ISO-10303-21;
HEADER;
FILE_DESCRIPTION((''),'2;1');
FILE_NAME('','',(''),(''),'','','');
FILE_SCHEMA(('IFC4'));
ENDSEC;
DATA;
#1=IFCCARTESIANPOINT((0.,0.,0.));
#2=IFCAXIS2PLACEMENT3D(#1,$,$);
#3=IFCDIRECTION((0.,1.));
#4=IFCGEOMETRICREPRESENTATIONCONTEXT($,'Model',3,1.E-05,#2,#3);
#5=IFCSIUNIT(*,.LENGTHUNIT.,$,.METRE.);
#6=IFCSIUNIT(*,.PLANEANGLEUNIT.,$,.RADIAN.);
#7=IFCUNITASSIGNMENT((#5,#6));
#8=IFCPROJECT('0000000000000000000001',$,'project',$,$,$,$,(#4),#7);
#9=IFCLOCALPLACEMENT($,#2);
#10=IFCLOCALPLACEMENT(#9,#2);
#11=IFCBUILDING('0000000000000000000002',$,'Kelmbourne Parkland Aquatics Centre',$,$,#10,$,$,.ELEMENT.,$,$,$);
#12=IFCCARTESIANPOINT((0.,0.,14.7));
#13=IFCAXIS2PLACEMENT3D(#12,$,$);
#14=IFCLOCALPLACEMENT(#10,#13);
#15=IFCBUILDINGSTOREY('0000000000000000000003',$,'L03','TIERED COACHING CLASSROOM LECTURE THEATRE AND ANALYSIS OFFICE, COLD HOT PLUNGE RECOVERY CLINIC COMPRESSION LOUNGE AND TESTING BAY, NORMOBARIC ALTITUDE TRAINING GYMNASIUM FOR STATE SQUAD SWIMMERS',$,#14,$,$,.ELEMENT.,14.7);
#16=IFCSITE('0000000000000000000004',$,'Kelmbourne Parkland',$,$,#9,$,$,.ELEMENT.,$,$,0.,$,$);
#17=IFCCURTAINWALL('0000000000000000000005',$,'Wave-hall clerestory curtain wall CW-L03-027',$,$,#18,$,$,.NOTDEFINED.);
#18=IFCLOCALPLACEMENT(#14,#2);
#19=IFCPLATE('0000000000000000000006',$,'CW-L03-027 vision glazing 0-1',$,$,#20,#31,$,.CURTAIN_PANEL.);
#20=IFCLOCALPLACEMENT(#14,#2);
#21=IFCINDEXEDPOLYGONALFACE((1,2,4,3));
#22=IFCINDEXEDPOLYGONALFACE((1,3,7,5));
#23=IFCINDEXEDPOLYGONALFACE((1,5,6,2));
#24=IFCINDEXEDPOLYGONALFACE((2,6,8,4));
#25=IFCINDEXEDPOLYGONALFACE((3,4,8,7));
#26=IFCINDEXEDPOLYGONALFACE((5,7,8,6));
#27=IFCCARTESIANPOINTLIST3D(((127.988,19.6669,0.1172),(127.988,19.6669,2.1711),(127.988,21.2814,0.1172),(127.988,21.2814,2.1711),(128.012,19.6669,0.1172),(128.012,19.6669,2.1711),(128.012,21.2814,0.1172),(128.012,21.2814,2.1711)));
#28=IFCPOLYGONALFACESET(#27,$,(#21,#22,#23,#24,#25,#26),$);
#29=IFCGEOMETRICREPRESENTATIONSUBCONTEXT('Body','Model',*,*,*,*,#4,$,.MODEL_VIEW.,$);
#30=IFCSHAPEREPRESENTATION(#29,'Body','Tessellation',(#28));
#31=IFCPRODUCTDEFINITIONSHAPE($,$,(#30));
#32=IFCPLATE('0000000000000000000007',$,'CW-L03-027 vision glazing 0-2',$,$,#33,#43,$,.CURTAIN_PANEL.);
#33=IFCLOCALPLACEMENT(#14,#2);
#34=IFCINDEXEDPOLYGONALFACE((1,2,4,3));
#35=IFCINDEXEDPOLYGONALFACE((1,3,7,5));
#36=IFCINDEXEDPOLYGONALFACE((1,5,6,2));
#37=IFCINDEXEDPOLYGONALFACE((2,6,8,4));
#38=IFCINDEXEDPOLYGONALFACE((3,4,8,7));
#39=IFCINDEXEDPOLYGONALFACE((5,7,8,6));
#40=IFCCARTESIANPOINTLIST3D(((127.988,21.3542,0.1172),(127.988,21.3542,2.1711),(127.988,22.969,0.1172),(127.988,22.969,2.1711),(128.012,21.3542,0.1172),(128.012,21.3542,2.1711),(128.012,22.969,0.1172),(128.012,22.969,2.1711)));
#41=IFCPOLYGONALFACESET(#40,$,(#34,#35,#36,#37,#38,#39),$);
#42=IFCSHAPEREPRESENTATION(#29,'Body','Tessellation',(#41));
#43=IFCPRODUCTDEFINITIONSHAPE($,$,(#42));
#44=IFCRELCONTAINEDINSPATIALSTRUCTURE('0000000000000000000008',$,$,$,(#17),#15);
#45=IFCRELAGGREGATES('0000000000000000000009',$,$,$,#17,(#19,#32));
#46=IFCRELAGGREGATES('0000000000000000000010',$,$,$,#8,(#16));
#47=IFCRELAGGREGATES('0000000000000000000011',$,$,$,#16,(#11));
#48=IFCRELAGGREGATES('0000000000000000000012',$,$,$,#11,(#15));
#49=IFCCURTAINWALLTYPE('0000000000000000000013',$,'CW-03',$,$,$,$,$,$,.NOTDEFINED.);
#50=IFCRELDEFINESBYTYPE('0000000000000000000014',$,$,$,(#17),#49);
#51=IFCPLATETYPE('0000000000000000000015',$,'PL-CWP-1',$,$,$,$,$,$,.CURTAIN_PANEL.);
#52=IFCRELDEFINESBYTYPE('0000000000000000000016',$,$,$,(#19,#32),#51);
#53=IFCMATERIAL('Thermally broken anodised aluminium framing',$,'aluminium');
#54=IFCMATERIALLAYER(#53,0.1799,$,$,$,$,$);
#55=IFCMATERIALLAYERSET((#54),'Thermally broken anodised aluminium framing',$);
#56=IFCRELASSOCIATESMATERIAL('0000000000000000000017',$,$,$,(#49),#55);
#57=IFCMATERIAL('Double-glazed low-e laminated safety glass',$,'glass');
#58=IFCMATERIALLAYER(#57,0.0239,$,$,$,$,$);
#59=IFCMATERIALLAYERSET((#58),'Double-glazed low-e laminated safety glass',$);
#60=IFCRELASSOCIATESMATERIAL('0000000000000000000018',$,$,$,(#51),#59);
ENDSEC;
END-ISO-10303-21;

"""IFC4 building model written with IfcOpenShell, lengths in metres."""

from ifc_helpers import new_model, si_unit, direction, frame, origin, origin_2d, place, context, subcontext, project, spatial, rectangle, extrude, material, layer, layer_set, type_object, element, aggregate, save


model = new_model("IFC4")

# Units and contexts
model_context = context("Model", 3, precision=1e-05, world=origin(), true_north=direction((0.0, 1.0)))
body_context = subcontext(model_context, "Body", "Model", "MODEL_VIEW")
ifc_project = project(units=[si_unit("LENGTHUNIT", "METRE"), si_unit("PLANEANGLEUNIT", "RADIAN")], contexts=[model_context])

# Site, building, storey
site_placement = place(None, origin())
site = spatial("IfcSite", under=ifc_project, at=site_placement, Name="Kelmbourne Parkland", CompositionType="ELEMENT", RefElevation=0.0)
building_placement = place(site_placement, origin())
building = spatial("IfcBuilding", under=site, at=building_placement, Name="Kelmbourne Parkland Aquatics Centre", CompositionType="ELEMENT")
storey_placement = place(building_placement, frame((0.0, 0.0, 14.7)))
storey = spatial("IfcBuildingStorey", under=building, at=storey_placement, Name="L03", Description="TIERED COACHING CLASSROOM LECTURE THEATRE AND ANALYSIS OFFICE, COLD HOT PLUNGE RECOVERY CLINIC COMPRESSION LOUNGE AND TESTING BAY, NORMOBARIC ALTITUDE TRAINING GYMNASIUM FOR STATE SQUAD SWIMMERS", CompositionType="ELEMENT", Elevation=14.7)

# Curtain wall
ifc_material_1 = material(Name="Thermally broken anodised aluminium framing", Category="aluminium")
ifc_layer_1 = layer(ifc_material_1, 0.1799)
ifc_layer_set_1 = layer_set([ifc_layer_1], Name="Thermally broken anodised aluminium framing")
curtain_wall_type_1 = type_object("IfcCurtainWallType", Name="CW-03", PredefinedType="NOTDEFINED", material=ifc_layer_set_1)
curtain_wall_1_placement = place(storey_placement, origin())
curtain_wall_1 = element("IfcCurtainWall", 1, at=curtain_wall_1_placement, inside=storey, type_object=curtain_wall_type_1, Name="Wave-hall clerestory curtain wall CW-L03-027", PredefinedType="NOTDEFINED")

# Plates
ifc_material_2 = material(Name="Double-glazed low-e laminated safety glass", Category="glass")
ifc_layer_2 = layer(ifc_material_2, 0.0239)
ifc_layer_set_2 = layer_set([ifc_layer_2], Name="Double-glazed low-e laminated safety glass")
plate_type_1 = type_object("IfcPlateType", Name="PL-CWP-1", PredefinedType="CURTAIN_PANEL", material=ifc_layer_set_2)
plate_1_placement = place(storey_placement, frame((128.0, 20.4741, 0.1172), z_axis=(0.0, 0.0, 1.0), x_axis=(0.0, 1.0, 0.0)))
plate_1 = element("IfcPlate", 2, at=plate_1_placement, type_object=plate_type_1, Name="CW-L03-027 vision glazing 0-1", PredefinedType="CURTAIN_PANEL", context=body_context, shape_type="SweptSolid", body=[
    extrude(rectangle(XDim=1.6145, YDim=0.0239, at=origin_2d()), origin(), (0.0, 0.0, 1.0), 2.054),
])
plate_2_placement = place(storey_placement, frame((128.0, 22.1616, 0.1172), z_axis=(0.0, 0.0, 1.0), x_axis=(0.0, 1.0, 0.0)))
plate_2 = element("IfcPlate", 3, at=plate_2_placement, type_object=plate_type_1, Name="CW-L03-027 vision glazing 0-2", PredefinedType="CURTAIN_PANEL", context=body_context, shape_type="SweptSolid", body=[
    extrude(rectangle(XDim=1.6147, YDim=0.0239, at=origin_2d()), origin(), (0.0, 0.0, 1.0), 2.054),
])
aggregate(curtain_wall_1, [plate_1, plate_2])

save(model, "model.ifc")
